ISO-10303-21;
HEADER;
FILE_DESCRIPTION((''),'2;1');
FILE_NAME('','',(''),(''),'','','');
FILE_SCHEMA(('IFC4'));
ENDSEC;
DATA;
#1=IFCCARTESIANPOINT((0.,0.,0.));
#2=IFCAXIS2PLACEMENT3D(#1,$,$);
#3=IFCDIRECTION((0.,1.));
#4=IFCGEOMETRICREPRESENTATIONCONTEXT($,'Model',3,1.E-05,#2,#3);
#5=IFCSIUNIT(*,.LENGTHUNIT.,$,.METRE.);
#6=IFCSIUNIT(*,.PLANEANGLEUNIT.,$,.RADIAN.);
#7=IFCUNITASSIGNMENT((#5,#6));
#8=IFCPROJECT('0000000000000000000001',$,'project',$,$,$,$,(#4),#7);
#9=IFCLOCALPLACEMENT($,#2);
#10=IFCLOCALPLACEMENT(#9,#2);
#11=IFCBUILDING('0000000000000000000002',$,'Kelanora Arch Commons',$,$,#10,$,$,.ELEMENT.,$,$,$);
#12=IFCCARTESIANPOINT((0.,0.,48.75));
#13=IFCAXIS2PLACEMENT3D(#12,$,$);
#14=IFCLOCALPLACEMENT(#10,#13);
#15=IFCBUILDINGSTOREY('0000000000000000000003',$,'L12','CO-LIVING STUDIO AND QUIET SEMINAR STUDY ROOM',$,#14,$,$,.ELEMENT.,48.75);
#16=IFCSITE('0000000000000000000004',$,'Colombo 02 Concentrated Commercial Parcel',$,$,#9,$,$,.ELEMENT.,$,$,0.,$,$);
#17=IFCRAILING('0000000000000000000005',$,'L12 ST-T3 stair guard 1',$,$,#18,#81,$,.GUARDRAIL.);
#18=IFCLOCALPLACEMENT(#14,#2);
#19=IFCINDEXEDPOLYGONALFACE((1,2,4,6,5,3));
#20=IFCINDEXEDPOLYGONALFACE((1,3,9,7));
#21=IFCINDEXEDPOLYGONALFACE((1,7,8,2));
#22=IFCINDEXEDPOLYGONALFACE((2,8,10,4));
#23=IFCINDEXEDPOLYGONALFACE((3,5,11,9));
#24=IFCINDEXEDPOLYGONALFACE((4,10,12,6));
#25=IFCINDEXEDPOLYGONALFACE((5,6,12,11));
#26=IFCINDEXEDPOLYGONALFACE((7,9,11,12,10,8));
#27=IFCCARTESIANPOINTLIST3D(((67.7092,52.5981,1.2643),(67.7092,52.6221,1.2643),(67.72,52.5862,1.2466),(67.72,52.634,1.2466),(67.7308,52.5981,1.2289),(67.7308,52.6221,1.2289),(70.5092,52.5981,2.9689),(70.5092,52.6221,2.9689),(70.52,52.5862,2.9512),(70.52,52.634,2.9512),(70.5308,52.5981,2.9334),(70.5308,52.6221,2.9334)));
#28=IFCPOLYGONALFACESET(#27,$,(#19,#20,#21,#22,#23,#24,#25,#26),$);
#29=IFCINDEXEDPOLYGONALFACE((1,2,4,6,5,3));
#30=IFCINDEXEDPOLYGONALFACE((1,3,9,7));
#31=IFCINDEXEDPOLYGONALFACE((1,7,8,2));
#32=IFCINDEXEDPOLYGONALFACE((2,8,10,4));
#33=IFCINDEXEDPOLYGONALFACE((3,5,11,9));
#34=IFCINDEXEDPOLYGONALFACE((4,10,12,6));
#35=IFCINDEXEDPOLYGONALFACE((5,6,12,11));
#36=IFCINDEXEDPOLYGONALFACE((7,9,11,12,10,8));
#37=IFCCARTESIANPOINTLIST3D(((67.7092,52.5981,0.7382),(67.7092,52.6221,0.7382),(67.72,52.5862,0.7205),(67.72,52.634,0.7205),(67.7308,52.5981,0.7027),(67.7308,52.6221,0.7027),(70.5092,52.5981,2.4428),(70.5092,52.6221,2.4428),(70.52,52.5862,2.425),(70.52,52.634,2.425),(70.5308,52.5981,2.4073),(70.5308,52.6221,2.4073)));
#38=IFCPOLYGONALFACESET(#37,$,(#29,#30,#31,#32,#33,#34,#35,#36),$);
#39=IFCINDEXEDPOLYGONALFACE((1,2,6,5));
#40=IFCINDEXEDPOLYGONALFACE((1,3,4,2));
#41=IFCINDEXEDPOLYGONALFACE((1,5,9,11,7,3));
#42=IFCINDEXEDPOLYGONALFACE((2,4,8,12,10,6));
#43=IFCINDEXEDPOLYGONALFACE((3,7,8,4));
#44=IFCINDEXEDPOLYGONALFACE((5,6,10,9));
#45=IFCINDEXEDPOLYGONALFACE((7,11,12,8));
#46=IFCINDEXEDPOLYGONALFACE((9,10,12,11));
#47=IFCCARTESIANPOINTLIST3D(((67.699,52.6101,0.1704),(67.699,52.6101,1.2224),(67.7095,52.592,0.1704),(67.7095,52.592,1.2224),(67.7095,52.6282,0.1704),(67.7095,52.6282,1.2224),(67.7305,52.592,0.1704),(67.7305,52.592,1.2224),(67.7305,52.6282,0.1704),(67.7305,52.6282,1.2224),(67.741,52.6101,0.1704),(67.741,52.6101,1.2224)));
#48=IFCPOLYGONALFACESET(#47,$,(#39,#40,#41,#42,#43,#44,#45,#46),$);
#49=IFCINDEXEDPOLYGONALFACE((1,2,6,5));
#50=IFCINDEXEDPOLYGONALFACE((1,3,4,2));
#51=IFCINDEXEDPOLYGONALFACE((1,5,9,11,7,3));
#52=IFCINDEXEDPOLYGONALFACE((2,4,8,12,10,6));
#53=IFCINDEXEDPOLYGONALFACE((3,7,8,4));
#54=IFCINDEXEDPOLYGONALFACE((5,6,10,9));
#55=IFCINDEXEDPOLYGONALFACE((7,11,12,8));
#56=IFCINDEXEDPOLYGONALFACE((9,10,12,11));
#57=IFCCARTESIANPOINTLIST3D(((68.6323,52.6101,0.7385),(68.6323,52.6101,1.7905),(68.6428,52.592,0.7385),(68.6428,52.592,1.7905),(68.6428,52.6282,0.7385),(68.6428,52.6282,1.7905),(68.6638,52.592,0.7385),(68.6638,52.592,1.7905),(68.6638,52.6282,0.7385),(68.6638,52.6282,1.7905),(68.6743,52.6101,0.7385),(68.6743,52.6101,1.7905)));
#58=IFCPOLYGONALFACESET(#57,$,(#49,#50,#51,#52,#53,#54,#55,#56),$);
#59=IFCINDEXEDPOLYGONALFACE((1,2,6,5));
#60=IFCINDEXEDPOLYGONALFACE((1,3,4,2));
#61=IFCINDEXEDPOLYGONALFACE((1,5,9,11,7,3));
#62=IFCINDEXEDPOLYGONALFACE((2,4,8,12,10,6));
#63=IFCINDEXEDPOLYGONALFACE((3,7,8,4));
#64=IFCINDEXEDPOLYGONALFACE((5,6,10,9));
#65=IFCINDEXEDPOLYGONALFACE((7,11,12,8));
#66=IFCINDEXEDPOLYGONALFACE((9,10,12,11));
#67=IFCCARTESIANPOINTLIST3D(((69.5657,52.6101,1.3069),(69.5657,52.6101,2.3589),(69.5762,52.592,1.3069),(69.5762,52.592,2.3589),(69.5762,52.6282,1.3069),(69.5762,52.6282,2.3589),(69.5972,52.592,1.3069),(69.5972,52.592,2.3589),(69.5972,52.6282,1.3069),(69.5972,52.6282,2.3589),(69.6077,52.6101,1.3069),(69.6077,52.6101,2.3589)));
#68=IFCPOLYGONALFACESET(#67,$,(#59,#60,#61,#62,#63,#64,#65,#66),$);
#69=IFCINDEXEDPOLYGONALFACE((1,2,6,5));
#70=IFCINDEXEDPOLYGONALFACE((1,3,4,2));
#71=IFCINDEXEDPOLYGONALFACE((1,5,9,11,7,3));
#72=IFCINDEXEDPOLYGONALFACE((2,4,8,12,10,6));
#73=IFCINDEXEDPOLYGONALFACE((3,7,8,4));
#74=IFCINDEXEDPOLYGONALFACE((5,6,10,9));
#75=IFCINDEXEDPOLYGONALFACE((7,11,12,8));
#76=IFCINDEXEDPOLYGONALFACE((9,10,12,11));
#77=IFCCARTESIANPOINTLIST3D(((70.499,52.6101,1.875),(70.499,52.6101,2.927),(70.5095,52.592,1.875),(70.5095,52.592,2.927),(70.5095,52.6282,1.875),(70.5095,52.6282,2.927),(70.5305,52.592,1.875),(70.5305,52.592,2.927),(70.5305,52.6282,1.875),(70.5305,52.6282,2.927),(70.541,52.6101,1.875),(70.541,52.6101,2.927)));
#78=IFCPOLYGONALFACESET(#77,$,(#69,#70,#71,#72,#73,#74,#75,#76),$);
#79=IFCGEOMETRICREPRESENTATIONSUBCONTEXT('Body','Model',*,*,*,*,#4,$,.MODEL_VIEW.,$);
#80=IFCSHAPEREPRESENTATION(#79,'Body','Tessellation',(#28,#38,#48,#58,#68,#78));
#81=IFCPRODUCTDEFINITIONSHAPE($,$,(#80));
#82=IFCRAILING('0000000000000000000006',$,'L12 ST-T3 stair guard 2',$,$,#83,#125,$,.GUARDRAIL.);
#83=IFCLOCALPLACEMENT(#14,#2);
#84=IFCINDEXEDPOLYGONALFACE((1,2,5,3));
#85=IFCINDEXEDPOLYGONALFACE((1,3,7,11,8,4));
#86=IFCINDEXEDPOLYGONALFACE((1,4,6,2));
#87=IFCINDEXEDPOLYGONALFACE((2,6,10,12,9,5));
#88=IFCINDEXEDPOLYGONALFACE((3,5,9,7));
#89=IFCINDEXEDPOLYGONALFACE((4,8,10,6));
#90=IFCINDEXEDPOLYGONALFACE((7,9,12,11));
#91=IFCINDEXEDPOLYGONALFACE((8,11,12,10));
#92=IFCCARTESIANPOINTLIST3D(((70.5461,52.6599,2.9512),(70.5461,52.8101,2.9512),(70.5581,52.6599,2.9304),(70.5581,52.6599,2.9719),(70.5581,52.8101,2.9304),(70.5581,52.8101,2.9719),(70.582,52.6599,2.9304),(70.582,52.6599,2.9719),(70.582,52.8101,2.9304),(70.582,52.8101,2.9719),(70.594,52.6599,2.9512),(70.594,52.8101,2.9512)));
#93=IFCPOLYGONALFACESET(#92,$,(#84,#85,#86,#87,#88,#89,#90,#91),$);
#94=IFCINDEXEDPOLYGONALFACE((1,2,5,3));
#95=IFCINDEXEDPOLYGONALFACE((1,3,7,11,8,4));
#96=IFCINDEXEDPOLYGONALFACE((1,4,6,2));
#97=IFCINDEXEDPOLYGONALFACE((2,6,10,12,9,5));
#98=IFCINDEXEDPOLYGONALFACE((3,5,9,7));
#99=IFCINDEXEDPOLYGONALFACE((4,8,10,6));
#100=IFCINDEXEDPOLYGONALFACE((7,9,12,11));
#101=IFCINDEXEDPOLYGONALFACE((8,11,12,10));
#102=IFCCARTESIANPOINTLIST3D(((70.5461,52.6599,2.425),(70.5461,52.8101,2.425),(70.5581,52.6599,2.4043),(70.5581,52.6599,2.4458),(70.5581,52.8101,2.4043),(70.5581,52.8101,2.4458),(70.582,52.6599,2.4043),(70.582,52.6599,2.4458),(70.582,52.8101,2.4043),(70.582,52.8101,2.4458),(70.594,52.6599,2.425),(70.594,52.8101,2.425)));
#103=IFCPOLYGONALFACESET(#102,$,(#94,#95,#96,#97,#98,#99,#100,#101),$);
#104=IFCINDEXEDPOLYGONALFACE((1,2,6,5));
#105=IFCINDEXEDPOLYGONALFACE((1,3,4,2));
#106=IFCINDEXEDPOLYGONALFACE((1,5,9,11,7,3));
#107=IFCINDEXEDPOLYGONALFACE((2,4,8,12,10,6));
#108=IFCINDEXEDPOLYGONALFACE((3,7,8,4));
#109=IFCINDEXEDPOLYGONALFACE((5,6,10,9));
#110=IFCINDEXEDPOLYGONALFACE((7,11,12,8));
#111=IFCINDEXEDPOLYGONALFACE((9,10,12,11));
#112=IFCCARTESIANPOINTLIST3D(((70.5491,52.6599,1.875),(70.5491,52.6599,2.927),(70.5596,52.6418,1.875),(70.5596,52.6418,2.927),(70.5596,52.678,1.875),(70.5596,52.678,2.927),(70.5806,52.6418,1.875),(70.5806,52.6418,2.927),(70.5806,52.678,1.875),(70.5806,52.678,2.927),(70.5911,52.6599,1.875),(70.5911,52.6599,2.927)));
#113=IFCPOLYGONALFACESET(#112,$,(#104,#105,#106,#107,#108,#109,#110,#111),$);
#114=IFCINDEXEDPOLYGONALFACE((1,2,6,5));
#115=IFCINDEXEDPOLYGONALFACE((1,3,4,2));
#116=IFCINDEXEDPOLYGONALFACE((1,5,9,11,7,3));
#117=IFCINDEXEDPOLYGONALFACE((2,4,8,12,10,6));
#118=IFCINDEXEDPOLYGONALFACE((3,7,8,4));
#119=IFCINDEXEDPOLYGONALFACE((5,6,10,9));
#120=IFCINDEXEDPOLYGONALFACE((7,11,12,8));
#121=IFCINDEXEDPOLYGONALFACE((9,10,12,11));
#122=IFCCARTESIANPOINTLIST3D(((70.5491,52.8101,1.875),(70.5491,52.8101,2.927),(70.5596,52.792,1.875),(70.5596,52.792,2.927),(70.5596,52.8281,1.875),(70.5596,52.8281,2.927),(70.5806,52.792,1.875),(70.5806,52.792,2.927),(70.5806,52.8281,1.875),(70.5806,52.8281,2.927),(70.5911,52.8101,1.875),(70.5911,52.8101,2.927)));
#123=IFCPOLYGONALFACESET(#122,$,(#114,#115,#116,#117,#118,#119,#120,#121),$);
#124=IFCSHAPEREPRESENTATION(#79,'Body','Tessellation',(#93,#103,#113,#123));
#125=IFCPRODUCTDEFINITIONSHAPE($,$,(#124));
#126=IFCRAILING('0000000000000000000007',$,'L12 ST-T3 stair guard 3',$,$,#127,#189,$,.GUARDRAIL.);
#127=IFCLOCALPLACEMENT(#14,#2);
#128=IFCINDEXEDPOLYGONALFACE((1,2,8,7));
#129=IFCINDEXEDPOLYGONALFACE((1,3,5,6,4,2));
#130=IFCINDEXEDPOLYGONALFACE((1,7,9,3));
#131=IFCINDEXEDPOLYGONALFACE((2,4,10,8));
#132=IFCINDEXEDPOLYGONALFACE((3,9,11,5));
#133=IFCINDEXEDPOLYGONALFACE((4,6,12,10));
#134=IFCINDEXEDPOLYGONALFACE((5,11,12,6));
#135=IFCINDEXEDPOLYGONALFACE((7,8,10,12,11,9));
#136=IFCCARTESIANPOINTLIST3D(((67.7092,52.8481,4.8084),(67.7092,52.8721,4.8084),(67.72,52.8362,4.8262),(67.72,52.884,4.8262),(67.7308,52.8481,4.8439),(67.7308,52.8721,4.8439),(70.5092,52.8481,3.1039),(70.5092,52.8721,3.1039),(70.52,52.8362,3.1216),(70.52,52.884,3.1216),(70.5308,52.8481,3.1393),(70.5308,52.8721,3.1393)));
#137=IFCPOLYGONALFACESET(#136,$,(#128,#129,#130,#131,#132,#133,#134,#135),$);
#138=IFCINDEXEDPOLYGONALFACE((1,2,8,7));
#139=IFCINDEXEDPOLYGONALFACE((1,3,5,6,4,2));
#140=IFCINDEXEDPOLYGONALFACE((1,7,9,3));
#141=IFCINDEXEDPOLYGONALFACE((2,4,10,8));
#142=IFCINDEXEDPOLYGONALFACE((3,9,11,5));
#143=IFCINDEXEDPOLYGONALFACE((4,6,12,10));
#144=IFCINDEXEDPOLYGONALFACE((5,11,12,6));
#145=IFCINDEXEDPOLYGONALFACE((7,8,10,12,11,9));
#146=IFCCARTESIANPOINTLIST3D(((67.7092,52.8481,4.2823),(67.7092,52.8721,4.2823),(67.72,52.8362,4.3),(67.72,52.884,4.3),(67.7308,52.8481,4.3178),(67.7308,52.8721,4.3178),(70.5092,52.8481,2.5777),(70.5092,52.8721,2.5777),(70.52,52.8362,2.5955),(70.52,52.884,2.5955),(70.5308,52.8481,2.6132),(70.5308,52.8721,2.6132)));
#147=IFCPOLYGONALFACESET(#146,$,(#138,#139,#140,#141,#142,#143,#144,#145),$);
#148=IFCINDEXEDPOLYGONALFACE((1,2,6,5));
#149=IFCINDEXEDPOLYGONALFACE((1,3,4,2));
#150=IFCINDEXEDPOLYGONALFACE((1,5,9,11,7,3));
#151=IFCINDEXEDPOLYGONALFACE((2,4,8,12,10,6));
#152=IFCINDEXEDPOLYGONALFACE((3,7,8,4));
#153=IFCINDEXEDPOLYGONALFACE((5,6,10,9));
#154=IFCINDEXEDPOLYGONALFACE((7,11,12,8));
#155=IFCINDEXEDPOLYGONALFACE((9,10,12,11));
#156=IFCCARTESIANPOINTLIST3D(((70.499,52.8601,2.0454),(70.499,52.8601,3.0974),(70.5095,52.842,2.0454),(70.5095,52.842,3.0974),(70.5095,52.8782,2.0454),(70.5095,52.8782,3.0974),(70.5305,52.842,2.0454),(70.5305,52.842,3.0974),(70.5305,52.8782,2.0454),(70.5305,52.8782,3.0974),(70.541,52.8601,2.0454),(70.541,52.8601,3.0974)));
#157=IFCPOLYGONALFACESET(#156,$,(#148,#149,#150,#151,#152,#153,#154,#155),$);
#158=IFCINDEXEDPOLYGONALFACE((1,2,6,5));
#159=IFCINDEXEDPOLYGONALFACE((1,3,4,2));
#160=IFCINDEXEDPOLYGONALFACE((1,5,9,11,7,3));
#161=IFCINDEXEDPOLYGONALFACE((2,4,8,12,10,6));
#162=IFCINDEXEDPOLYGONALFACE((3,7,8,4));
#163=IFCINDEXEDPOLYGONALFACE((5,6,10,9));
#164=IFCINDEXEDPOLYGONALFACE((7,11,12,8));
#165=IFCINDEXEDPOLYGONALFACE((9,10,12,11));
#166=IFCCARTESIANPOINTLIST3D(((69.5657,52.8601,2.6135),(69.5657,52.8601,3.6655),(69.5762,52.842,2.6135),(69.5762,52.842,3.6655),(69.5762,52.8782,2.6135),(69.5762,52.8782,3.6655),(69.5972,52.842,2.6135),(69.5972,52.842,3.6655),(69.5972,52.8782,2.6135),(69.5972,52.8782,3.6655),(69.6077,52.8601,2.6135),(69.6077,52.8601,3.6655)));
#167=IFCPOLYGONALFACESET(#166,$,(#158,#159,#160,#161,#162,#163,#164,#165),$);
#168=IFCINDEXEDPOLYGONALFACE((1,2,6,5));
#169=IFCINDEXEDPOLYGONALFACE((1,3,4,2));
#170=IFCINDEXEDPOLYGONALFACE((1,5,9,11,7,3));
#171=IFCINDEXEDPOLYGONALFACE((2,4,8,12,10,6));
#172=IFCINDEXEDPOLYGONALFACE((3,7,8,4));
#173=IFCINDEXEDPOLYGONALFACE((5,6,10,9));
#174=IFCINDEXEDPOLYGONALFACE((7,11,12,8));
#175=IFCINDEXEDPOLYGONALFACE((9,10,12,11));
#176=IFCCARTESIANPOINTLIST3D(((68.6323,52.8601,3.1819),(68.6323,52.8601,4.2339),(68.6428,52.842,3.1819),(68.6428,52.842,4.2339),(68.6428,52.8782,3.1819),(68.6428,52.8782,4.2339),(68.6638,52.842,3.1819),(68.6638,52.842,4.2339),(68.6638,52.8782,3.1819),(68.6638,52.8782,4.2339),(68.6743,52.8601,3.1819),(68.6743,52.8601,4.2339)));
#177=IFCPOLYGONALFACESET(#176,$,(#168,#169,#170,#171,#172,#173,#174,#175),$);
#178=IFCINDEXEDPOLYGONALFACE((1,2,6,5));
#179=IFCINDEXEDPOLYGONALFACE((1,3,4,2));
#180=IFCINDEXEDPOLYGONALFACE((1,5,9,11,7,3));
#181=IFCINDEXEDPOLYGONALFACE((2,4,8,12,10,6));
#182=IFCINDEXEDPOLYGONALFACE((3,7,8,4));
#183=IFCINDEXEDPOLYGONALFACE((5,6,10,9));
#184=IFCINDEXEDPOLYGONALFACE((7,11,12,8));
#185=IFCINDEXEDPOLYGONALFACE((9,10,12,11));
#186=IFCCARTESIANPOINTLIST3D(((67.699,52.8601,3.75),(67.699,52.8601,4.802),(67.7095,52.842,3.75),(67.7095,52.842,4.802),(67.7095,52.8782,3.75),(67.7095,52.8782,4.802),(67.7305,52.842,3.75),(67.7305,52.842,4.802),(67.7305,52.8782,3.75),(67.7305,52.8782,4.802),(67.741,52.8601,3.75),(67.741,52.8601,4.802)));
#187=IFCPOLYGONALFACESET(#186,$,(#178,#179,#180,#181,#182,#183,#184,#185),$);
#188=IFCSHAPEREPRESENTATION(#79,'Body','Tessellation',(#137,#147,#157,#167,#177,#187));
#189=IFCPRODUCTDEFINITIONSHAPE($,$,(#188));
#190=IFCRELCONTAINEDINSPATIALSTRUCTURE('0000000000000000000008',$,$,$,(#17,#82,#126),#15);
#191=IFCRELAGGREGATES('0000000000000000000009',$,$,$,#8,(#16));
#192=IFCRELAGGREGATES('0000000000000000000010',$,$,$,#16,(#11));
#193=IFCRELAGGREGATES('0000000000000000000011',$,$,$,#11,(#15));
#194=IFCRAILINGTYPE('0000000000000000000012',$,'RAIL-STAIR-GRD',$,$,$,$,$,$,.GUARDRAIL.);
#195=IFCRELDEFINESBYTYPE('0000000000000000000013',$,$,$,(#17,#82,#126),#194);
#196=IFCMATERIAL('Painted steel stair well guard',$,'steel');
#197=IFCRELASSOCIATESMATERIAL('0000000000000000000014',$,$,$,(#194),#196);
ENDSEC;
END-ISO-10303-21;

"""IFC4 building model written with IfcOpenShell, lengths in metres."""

from ifc_helpers import new_model, si_unit, direction, frame, origin, place, context, subcontext, project, spatial, polyline, outline, extrude, material, type_object, element, save


model = new_model("IFC4")

# Units and contexts
model_context = context("Model", 3, precision=1e-05, world=origin(), true_north=direction((0.0, 1.0)))
body_context = subcontext(model_context, "Body", "Model", "MODEL_VIEW")
ifc_project = project(units=[si_unit("LENGTHUNIT", "METRE"), si_unit("PLANEANGLEUNIT", "RADIAN")], contexts=[model_context])

# Site, building, storey
site_placement = place(None, origin())
site = spatial("IfcSite", under=ifc_project, at=site_placement, Name="Colombo 02 Concentrated Commercial Parcel", CompositionType="ELEMENT", RefElevation=0.0)
building_placement = place(site_placement, origin())
building = spatial("IfcBuilding", under=site, at=building_placement, Name="Kelanora Arch Commons", CompositionType="ELEMENT")
storey_placement = place(building_placement, frame((0.0, 0.0, 48.75)))
storey = spatial("IfcBuildingStorey", under=building, at=storey_placement, Name="L12", Description="CO-LIVING STUDIO AND QUIET SEMINAR STUDY ROOM", CompositionType="ELEMENT", Elevation=48.75)

# Railings
ifc_material_1 = material(Name="Painted steel stair well guard", Category="steel")
railing_type_1 = type_object("IfcRailingType", Name="RAIL-STAIR-GRD", PredefinedType="GUARDRAIL", material=ifc_material_1)
railing_1_placement = place(storey_placement, frame((67.72, 52.6101, 0.1704)))
element("IfcRailing", 1, at=railing_1_placement, inside=storey, type_object=railing_type_1, Name="L12 ST-T3 stair guard 1", PredefinedType="GUARDRAIL", context=body_context, shape_type="SweptSolid", body=[
    extrude(outline(polyline([(0.0239, 0.0), (0.012, 0.0208), (-0.012, 0.0208), (-0.0239, 0.0), (-0.012, -0.0208), (0.012, -0.0208), (0.0239, 0.0)])), frame((0.0, 0.0, 1.0762), z_axis=(0.85417, 0.0, 0.519994), x_axis=(0.0, 1.0, 0.0)), (0.0, 0.0, 1.0), 3.2781),
    extrude(outline(polyline([(0.0239, 0.0), (0.012, 0.0208), (-0.012, 0.0208), (-0.0239, 0.0), (-0.012, -0.0208), (0.012, -0.0208), (0.0239, 0.0)])), frame((0.0, 0.0, 0.55), z_axis=(0.85417, 0.0, 0.519994), x_axis=(0.0, 1.0, 0.0)), (0.0, 0.0, 1.0), 3.2781),
    extrude(outline(polyline([(0.021, 0.0), (0.0105, 0.0181), (-0.0105, 0.0181), (-0.021, 0.0), (-0.0105, -0.0181), (0.0105, -0.0181), (0.021, 0.0)])), origin(), (0.0, 0.0, 1.0), 1.052),
    extrude(outline(polyline([(0.021, 0.0), (0.0105, 0.0181), (-0.0105, 0.0181), (-0.021, 0.0), (-0.0105, -0.0181), (0.0105, -0.0181), (0.021, 0.0)])), frame((0.9333, 0.0, 0.5681)), (0.0, 0.0, 1.0), 1.052),
    extrude(outline(polyline([(0.021, 0.0), (0.0105, 0.0181), (-0.0105, 0.0181), (-0.021, 0.0), (-0.0105, -0.0181), (0.0105, -0.0181), (0.021, 0.0)])), frame((1.8667, 0.0, 1.1365)), (0.0, 0.0, 1.0), 1.052),
    extrude(outline(polyline([(0.021, 0.0), (0.0105, 0.0181), (-0.0105, 0.0181), (-0.021, 0.0), (-0.0105, -0.0181), (0.0105, -0.0181), (0.021, 0.0)])), frame((2.8, 0.0, 1.7046)), (0.0, 0.0, 1.0), 1.052),
])
railing_2_placement = place(storey_placement, frame((70.5701, 52.6599, 1.875)))
element("IfcRailing", 2, at=railing_2_placement, inside=storey, type_object=railing_type_1, Name="L12 ST-T3 stair guard 2", PredefinedType="GUARDRAIL", context=body_context, shape_type="SweptSolid", body=[
    extrude(outline(polyline([(0.0239, 0.0), (0.012, 0.0208), (-0.012, 0.0208), (-0.0239, 0.0), (-0.012, -0.0208), (0.012, -0.0208), (0.0239, 0.0)])), frame((0.0, 0.0, 1.0762), z_axis=(0.0, 1.0, 0.0), x_axis=(-1.0, 0.0, 0.0)), (0.0, 0.0, 1.0), 0.1501),
    extrude(outline(polyline([(0.0239, 0.0), (0.012, 0.0208), (-0.012, 0.0208), (-0.0239, 0.0), (-0.012, -0.0208), (0.012, -0.0208), (0.0239, 0.0)])), frame((0.0, 0.0, 0.55), z_axis=(0.0, 1.0, 0.0), x_axis=(-1.0, 0.0, 0.0)), (0.0, 0.0, 1.0), 0.1501),
    extrude(outline(polyline([(0.021, 0.0), (0.0105, 0.0181), (-0.0105, 0.0181), (-0.021, 0.0), (-0.0105, -0.0181), (0.0105, -0.0181), (0.021, 0.0)])), origin(), (0.0, 0.0, 1.0), 1.052),
    extrude(outline(polyline([(0.021, 0.0), (0.0105, 0.0181), (-0.0105, 0.0181), (-0.021, 0.0), (-0.0105, -0.0181), (0.0105, -0.0181), (0.021, 0.0)])), frame((0.0, 0.1501, 0.0)), (0.0, 0.0, 1.0), 1.052),
])
railing_3_placement = place(storey_placement, frame((70.52, 52.8601, 2.0454)))
element("IfcRailing", 3, at=railing_3_placement, inside=storey, type_object=railing_type_1, Name="L12 ST-T3 stair guard 3", PredefinedType="GUARDRAIL", context=body_context, shape_type="SweptSolid", body=[
    extrude(outline(polyline([(0.0239, 0.0), (0.012, 0.0208), (-0.012, 0.0208), (-0.0239, 0.0), (-0.012, -0.0208), (0.012, -0.0208), (0.0239, 0.0)])), frame((0.0, 0.0, 1.0762), z_axis=(-0.85417, 0.0, 0.519994), x_axis=(0.0, -1.0, 0.0)), (0.0, 0.0, 1.0), 3.2781),
    extrude(outline(polyline([(0.0239, 0.0), (0.012, 0.0208), (-0.012, 0.0208), (-0.0239, 0.0), (-0.012, -0.0208), (0.012, -0.0208), (0.0239, 0.0)])), frame((0.0, 0.0, 0.55), z_axis=(-0.85417, 0.0, 0.519994), x_axis=(0.0, -1.0, 0.0)), (0.0, 0.0, 1.0), 3.2781),
    extrude(outline(polyline([(0.021, 0.0), (0.0105, 0.0181), (-0.0105, 0.0181), (-0.021, 0.0), (-0.0105, -0.0181), (0.0105, -0.0181), (0.021, 0.0)])), origin(), (0.0, 0.0, 1.0), 1.052),
    extrude(outline(polyline([(0.021, 0.0), (0.0105, 0.0181), (-0.0105, 0.0181), (-0.021, 0.0), (-0.0105, -0.0181), (0.0105, -0.0181), (0.021, 0.0)])), frame((-0.9333, 0.0, 0.5681)), (0.0, 0.0, 1.0), 1.052),
    extrude(outline(polyline([(0.021, 0.0), (0.0105, 0.0181), (-0.0105, 0.0181), (-0.021, 0.0), (-0.0105, -0.0181), (0.0105, -0.0181), (0.021, 0.0)])), frame((-1.8667, 0.0, 1.1365)), (0.0, 0.0, 1.0), 1.052),
    extrude(outline(polyline([(0.021, 0.0), (0.0105, 0.0181), (-0.0105, 0.0181), (-0.021, 0.0), (-0.0105, -0.0181), (0.0105, -0.0181), (0.021, 0.0)])), frame((-2.8, 0.0, 1.7046)), (0.0, 0.0, 1.0), 1.052),
])

save(model, "model.ifc")
